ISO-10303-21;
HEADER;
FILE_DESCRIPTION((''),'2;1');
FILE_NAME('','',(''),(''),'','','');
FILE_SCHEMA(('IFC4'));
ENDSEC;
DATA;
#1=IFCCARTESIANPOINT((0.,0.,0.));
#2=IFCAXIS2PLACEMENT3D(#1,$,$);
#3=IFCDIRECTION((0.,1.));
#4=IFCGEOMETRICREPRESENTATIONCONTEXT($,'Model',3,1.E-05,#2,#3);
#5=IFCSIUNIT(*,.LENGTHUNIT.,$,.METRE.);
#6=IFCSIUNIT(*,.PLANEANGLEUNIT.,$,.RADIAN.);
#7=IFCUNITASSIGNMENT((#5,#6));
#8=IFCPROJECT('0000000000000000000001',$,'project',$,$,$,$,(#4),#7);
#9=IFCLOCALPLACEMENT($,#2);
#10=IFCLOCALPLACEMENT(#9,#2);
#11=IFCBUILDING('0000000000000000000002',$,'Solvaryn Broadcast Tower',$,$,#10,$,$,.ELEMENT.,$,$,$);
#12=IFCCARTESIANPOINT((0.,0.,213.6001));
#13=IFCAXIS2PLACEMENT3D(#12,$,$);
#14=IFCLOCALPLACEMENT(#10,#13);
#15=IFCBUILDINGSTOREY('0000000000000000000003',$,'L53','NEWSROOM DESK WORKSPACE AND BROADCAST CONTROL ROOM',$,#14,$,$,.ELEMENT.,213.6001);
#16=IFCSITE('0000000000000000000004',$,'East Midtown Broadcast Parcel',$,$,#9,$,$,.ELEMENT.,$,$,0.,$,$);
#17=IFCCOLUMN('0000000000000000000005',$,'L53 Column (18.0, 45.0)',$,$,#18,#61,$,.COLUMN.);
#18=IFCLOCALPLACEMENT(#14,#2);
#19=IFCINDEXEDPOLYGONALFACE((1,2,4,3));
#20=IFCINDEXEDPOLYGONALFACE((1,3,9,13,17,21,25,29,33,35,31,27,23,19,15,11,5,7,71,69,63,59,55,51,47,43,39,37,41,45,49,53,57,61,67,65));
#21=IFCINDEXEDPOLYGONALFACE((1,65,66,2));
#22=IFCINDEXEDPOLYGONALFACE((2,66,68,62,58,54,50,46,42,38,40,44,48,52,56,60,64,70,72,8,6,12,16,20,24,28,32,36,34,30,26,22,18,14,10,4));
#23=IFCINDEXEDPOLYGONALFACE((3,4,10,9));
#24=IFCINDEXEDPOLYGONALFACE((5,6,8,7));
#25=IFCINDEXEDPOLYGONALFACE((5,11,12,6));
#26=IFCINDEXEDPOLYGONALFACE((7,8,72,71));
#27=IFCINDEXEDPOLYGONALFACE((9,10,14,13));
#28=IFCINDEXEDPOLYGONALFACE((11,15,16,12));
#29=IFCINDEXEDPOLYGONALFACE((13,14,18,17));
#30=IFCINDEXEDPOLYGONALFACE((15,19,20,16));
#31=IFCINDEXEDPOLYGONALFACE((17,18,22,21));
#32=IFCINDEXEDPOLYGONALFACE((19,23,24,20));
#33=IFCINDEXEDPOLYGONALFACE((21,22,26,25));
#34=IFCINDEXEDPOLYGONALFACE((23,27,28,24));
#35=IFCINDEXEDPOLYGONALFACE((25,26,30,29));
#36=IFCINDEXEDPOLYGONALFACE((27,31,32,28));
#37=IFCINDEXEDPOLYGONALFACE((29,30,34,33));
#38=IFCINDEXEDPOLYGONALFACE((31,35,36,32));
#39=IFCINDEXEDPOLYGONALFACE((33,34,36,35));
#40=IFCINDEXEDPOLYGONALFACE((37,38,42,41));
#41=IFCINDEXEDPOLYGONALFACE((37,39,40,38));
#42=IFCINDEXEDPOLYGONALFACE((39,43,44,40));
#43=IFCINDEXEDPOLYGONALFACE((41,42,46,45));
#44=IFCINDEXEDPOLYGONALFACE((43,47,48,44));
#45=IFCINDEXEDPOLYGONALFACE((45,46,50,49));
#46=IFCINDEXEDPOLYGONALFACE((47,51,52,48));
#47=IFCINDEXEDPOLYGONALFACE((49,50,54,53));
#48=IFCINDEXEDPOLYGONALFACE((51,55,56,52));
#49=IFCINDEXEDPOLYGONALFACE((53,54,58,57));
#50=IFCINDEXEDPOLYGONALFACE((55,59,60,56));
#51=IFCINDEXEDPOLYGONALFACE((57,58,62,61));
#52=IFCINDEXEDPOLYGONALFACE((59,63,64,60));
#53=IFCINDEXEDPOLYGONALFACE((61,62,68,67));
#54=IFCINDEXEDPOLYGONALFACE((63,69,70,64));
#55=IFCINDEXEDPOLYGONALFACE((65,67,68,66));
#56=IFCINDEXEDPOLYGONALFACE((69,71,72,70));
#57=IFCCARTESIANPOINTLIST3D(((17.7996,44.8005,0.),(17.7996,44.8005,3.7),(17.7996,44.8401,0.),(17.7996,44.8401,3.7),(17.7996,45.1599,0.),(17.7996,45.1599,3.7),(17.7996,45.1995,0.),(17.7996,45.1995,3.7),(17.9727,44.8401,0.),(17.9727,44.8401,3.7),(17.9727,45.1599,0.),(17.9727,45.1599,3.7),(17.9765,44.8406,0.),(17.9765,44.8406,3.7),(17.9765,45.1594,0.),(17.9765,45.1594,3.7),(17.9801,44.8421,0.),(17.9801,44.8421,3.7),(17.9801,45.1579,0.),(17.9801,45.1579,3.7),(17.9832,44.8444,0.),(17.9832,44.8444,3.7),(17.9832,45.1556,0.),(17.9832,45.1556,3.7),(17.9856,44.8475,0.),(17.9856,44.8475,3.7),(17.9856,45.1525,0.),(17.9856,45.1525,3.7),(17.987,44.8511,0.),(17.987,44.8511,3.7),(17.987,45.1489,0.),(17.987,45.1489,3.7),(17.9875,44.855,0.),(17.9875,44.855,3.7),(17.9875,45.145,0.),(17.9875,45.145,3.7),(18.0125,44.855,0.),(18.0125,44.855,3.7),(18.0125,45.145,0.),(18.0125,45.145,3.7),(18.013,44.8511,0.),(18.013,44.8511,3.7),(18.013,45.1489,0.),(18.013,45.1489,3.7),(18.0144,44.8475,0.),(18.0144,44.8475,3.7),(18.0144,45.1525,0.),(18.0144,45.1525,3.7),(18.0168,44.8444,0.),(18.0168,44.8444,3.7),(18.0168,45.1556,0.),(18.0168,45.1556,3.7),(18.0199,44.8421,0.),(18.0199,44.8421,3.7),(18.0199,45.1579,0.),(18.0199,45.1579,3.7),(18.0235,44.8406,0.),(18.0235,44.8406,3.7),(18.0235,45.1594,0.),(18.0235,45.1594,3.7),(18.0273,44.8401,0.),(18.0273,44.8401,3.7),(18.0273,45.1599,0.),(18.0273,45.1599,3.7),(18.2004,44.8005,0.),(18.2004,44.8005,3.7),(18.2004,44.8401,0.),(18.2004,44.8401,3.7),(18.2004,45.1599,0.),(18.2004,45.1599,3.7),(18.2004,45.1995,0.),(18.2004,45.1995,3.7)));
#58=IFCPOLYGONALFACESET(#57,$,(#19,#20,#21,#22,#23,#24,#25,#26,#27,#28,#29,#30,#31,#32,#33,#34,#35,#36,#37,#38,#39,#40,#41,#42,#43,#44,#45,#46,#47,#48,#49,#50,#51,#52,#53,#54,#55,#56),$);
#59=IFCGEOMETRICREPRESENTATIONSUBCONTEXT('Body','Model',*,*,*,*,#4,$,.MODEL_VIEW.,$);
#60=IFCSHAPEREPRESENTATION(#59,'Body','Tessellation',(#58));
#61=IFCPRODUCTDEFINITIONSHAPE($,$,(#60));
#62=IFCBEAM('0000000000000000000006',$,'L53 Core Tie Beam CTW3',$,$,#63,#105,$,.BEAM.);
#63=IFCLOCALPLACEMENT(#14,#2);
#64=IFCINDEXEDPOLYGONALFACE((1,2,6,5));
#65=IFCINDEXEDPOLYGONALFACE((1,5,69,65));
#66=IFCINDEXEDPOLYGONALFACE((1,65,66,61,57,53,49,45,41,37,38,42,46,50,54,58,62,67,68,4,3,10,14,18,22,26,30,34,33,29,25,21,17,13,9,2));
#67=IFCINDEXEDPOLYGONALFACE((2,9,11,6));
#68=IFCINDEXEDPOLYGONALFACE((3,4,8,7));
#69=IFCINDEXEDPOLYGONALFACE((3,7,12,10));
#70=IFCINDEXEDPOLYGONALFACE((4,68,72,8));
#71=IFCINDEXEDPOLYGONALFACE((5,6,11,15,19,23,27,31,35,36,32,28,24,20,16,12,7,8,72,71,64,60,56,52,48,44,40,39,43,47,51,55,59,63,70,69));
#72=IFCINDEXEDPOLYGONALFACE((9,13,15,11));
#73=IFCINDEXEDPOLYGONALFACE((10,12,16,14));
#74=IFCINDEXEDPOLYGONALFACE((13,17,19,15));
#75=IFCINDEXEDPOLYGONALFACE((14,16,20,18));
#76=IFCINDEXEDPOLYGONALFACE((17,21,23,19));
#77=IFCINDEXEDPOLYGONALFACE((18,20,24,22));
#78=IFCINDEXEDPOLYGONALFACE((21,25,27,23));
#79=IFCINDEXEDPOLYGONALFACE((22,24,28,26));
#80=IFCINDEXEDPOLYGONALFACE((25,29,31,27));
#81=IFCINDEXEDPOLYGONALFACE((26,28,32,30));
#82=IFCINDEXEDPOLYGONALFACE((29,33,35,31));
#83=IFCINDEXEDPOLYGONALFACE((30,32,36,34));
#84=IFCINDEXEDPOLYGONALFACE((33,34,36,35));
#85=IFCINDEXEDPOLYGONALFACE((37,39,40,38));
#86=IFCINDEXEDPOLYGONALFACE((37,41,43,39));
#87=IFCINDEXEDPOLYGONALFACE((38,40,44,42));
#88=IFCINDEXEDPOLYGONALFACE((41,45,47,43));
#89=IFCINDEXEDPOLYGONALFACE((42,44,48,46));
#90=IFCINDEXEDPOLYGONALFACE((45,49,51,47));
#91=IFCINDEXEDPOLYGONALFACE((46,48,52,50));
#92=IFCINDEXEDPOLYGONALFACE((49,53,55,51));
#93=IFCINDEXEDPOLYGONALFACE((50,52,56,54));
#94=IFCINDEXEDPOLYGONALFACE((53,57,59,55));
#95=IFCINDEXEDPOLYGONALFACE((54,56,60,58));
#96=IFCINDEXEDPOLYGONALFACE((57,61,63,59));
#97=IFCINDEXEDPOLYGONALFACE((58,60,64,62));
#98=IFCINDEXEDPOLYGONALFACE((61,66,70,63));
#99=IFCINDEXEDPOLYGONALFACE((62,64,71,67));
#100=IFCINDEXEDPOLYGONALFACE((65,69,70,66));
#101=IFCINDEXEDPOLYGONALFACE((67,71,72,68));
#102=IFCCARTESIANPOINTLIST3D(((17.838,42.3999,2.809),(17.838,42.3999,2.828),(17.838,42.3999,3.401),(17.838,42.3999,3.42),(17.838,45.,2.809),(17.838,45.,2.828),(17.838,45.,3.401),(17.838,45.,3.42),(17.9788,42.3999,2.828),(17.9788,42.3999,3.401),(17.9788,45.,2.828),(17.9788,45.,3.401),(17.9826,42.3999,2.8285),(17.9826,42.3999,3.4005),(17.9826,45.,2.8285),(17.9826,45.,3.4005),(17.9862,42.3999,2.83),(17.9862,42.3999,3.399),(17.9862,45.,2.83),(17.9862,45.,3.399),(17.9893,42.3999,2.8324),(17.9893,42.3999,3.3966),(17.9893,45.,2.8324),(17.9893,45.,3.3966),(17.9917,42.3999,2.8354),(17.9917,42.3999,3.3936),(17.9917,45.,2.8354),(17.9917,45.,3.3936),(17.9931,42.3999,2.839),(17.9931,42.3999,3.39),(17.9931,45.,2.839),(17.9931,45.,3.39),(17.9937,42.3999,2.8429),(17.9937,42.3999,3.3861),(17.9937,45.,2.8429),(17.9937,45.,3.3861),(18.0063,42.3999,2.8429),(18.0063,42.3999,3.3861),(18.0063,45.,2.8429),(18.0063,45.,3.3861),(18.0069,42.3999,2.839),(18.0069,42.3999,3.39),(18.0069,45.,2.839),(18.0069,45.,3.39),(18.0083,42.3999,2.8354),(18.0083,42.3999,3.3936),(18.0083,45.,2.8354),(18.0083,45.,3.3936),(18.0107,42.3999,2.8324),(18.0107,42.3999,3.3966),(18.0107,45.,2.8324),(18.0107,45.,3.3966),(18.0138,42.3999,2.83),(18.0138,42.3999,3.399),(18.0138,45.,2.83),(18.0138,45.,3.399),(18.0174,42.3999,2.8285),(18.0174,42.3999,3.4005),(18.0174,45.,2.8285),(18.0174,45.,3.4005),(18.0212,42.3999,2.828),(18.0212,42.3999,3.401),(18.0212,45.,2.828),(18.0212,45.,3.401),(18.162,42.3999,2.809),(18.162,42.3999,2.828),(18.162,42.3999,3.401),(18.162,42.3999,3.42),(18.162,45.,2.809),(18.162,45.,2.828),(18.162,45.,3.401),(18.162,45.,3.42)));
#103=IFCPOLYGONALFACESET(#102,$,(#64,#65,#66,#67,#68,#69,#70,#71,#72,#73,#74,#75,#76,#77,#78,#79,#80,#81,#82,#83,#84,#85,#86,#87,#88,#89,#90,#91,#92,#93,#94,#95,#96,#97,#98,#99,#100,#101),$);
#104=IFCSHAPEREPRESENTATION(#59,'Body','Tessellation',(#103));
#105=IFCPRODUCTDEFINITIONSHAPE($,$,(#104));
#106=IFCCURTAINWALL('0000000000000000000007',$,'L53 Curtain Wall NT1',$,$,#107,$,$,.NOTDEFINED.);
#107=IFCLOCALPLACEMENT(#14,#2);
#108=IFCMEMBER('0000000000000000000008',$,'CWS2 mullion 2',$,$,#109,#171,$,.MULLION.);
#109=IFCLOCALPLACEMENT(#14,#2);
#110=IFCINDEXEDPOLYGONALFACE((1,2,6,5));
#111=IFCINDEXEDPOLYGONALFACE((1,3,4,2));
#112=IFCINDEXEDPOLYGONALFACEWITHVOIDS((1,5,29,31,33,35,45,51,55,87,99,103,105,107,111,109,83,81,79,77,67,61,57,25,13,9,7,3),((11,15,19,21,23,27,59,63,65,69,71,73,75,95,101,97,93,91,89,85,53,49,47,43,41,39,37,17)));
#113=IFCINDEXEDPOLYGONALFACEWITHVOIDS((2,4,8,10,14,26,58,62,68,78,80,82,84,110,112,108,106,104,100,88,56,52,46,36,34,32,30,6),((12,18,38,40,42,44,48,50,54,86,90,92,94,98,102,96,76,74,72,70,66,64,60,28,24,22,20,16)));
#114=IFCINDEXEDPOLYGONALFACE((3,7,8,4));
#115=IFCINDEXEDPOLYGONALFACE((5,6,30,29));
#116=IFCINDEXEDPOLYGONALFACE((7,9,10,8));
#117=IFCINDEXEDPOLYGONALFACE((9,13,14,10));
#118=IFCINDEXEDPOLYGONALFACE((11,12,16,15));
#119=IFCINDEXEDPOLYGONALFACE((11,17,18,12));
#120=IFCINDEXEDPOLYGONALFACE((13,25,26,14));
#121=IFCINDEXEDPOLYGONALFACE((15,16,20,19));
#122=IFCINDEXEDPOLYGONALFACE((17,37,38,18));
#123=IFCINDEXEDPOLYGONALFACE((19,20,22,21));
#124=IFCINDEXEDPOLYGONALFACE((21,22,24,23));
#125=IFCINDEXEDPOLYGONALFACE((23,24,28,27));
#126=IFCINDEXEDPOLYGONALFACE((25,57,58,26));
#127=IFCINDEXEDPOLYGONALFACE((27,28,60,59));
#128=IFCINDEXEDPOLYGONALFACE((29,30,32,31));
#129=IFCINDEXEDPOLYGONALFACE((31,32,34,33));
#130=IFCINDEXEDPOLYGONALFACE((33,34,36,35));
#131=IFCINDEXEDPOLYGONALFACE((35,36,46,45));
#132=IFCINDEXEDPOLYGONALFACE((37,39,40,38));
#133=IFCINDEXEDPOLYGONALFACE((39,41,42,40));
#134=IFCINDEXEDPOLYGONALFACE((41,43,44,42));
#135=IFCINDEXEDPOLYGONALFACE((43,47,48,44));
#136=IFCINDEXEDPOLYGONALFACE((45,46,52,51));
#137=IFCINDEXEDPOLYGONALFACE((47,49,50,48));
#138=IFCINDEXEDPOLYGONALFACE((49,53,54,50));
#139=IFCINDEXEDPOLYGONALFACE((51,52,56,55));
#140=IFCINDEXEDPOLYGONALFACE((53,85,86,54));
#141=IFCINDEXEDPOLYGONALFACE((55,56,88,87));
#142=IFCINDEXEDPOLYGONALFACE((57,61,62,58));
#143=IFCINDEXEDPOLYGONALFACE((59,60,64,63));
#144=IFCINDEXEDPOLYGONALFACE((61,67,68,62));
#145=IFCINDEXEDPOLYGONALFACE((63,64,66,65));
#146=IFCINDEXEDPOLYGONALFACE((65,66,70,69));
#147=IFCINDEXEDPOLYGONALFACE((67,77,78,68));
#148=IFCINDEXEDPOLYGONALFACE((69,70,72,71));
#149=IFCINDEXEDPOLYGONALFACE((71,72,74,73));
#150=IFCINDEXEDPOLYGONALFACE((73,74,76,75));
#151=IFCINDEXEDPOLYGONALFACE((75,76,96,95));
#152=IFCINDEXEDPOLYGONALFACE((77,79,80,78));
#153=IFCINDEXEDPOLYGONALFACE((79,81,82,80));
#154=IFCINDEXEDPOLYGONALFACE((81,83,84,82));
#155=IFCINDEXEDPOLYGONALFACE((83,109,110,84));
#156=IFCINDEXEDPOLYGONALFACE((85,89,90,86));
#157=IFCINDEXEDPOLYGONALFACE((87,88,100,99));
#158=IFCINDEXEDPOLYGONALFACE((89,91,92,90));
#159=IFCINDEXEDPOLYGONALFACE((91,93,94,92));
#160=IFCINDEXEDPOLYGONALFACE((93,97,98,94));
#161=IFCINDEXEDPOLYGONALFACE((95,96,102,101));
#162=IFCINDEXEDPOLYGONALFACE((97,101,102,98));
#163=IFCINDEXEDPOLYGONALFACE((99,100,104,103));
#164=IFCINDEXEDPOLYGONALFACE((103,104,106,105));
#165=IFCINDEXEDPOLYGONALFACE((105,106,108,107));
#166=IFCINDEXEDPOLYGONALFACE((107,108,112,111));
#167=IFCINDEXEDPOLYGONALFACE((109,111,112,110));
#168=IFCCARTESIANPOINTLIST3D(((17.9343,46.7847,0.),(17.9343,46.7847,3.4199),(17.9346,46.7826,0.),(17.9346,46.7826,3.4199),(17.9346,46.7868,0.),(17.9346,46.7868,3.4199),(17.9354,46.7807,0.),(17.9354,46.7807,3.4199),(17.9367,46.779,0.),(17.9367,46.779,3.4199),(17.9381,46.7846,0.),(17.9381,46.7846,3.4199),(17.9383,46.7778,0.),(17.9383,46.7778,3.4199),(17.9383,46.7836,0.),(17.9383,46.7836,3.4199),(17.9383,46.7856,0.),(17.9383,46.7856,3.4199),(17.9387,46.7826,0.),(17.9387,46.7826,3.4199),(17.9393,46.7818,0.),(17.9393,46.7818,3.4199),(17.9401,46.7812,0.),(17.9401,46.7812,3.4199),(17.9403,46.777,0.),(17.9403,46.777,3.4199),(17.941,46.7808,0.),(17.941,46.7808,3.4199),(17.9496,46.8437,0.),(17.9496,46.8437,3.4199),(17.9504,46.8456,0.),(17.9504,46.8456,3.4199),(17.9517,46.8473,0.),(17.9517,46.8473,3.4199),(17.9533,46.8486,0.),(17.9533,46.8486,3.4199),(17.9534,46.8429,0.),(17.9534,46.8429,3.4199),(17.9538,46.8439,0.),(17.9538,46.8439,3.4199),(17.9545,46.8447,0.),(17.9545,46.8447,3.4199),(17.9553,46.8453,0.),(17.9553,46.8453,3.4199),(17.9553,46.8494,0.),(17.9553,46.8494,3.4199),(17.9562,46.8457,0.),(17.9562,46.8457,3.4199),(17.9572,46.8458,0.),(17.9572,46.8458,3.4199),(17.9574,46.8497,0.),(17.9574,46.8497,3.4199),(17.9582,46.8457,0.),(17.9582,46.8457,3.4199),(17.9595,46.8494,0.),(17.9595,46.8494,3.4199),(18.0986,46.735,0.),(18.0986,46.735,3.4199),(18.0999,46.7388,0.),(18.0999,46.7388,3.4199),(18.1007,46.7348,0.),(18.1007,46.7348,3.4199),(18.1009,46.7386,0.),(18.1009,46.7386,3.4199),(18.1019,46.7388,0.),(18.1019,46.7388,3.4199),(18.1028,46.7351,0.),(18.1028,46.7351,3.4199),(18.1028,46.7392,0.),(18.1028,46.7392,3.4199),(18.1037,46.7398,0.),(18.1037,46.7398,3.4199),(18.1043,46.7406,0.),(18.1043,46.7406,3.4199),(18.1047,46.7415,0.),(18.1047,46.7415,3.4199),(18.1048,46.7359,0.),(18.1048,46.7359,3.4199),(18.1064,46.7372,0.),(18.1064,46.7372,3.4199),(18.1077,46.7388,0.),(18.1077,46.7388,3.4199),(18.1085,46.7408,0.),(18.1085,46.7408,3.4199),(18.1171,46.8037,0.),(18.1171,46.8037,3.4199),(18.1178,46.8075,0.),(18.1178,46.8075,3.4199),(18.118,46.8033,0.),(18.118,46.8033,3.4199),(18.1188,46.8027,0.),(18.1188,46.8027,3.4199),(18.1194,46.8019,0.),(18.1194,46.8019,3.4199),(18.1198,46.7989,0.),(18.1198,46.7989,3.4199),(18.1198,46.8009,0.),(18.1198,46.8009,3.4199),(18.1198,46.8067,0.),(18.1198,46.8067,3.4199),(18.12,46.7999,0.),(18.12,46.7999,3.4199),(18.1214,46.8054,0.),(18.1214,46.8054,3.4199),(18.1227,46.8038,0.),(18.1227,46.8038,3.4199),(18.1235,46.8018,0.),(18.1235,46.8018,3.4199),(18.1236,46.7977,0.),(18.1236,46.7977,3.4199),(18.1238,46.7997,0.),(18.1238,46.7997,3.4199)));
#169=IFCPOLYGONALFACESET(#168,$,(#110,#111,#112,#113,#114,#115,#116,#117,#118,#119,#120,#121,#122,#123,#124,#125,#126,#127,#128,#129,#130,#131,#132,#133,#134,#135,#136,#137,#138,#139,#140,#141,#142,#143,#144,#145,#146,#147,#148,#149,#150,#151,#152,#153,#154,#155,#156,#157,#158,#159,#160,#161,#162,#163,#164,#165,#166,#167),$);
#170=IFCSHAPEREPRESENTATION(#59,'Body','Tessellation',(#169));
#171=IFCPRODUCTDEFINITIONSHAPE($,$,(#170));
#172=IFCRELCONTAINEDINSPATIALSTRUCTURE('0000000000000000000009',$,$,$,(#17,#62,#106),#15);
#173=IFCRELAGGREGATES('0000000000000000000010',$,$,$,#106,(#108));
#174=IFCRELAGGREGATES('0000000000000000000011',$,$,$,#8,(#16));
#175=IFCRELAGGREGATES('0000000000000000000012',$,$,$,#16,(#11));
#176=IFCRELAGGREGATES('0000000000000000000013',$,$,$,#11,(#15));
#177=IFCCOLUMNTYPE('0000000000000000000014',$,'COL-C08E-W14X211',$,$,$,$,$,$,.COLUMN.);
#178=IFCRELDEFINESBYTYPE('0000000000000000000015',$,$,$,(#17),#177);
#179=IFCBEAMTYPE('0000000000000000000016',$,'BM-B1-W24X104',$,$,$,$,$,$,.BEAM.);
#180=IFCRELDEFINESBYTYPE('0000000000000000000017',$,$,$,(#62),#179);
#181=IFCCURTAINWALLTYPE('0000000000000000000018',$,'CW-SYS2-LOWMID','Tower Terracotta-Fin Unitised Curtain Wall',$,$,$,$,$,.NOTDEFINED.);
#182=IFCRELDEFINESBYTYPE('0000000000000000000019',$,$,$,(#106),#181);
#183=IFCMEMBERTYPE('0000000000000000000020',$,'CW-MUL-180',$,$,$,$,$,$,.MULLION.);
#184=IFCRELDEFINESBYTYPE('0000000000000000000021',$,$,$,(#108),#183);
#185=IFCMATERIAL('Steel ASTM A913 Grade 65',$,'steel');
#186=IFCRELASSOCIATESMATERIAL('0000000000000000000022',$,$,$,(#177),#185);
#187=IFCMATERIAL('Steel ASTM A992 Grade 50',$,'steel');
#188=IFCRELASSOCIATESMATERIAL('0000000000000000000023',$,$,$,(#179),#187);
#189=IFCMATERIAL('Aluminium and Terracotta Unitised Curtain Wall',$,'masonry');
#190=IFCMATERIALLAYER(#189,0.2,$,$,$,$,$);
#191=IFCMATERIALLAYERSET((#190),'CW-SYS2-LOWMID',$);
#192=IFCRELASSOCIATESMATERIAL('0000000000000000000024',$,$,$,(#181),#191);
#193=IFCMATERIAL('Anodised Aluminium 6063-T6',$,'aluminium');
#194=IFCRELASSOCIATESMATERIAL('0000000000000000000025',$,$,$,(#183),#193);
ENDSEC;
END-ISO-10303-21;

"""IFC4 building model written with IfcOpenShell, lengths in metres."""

from ifc_helpers import new_model, si_unit, direction, frame, origin, origin_2d, place, context, subcontext, project, spatial, hollow_rectangle, i_section, extrude, material, layer, layer_set, material_profile, profile_set, type_object, element, aggregate, save


model = new_model("IFC4")

# Units and contexts
model_context = context("Model", 3, precision=1e-05, world=origin(), true_north=direction((0.0, 1.0)))
body_context = subcontext(model_context, "Body", "Model", "MODEL_VIEW")
ifc_project = project(units=[si_unit("LENGTHUNIT", "METRE"), si_unit("PLANEANGLEUNIT", "RADIAN")], contexts=[model_context])

# Site, building, storey
site_placement = place(None, origin())
site = spatial("IfcSite", under=ifc_project, at=site_placement, Name="East Midtown Broadcast Parcel", CompositionType="ELEMENT", RefElevation=0.0)
building_placement = place(site_placement, origin())
building = spatial("IfcBuilding", under=site, at=building_placement, Name="Solvaryn Broadcast Tower", CompositionType="ELEMENT")
storey_placement = place(building_placement, frame((0.0, 0.0, 213.6001)))
storey = spatial("IfcBuildingStorey", under=building, at=storey_placement, Name="L53", Description="NEWSROOM DESK WORKSPACE AND BROADCAST CONTROL ROOM", CompositionType="ELEMENT", Elevation=213.6001)

# Column
ifc_material_1 = material(Name="Steel ASTM A913 Grade 65", Category="steel")
ifc_material_profile_1 = material_profile(ifc_material_1, i_section(OverallWidth=0.4009, OverallDepth=0.3989, WebThickness=0.0249, FlangeThickness=0.0396, FilletRadius=0.0149, at=origin_2d()))
ifc_profile_set_1 = profile_set([ifc_material_profile_1], Name="Steel ASTM A913 Grade 65")
column_type = type_object("IfcColumnType", Name="COL-C08E-W14X211", PredefinedType="COLUMN", material=ifc_profile_set_1)
column_placement = place(storey_placement, frame((18.0, 45.0, 0.0), z_axis=(0.0, 0.0, 1.0), x_axis=(1.0, 0.0, 0.0)))
element("IfcColumn", 1, at=column_placement, inside=storey, type_object=column_type, Name="L53 Column (18.0, 45.0)", PredefinedType="COLUMN", context=body_context, shape_type="SweptSolid", body=[
    extrude(i_section(OverallWidth=0.4009, OverallDepth=0.3989, WebThickness=0.0249, FlangeThickness=0.0396, FilletRadius=0.0149, at=origin_2d()), origin(), (0.0, 0.0, 1.0), 3.7),
])

# Beam
ifc_material_2 = material(Name="Steel ASTM A992 Grade 50", Category="steel")
ifc_material_profile_2 = material_profile(ifc_material_2, i_section(OverallWidth=0.324, OverallDepth=0.6111, WebThickness=0.0127, FlangeThickness=0.019, FilletRadius=0.0149, at=origin_2d()))
ifc_profile_set_2 = profile_set([ifc_material_profile_2], Name="Steel ASTM A992 Grade 50")
beam_type = type_object("IfcBeamType", Name="BM-B1-W24X104", PredefinedType="BEAM", material=ifc_profile_set_2)
beam_placement = place(storey_placement, frame((18.0, 42.3999, 3.1145), z_axis=(0.0, 1.0, 0.0), x_axis=(-1.0, 0.0, 0.0)))
element("IfcBeam", 2, at=beam_placement, inside=storey, type_object=beam_type, Name="L53 Core Tie Beam CTW3", PredefinedType="BEAM", context=body_context, shape_type="SweptSolid", body=[
    extrude(i_section(OverallWidth=0.324, OverallDepth=0.6111, WebThickness=0.0127, FlangeThickness=0.019, FilletRadius=0.0149, at=origin_2d()), origin(), (0.0, 0.0, 1.0), 2.6001),
])

# Curtain wall, member
ifc_material_3 = material(Name="Aluminium and Terracotta Unitised Curtain Wall", Category="masonry")
ifc_layer_1 = layer(ifc_material_3, 0.2)
ifc_layer_set_1 = layer_set([ifc_layer_1], Name="CW-SYS2-LOWMID")
curtain_wall_type = type_object("IfcCurtainWallType", Name="CW-SYS2-LOWMID", Description="Tower Terracotta-Fin Unitised Curtain Wall", PredefinedType="NOTDEFINED", material=ifc_layer_set_1)
curtain_wall_1_placement = place(storey_placement, origin())
curtain_wall_1 = element("IfcCurtainWall", 3, at=curtain_wall_1_placement, inside=storey, type_object=curtain_wall_type, Name="L53 Curtain Wall NT1", PredefinedType="NOTDEFINED")
ifc_material_4 = material(Name="Anodised Aluminium 6063-T6", Category="aluminium")
ifc_material_profile_3 = material_profile(ifc_material_4, hollow_rectangle(XDim=0.075, YDim=0.1799, WallThickness=0.0039, InnerFilletRadius=0.0039, OuterFilletRadius=0.0081, at=origin_2d()))
ifc_profile_set_3 = profile_set([ifc_material_profile_3], Name="Anodised Aluminium 6063-T6")
member_type_1 = type_object("IfcMemberType", Name="CW-MUL-180", PredefinedType="MULLION", material=ifc_profile_set_3)
member_1_placement = place(storey_placement, frame((18.0291, 46.7922, 0.0), z_axis=(0.0, 0.0, 1.0), x_axis=(-0.255893, -0.966705, 0.0)))
member_1 = element("IfcMember", 4, at=member_1_placement, type_object=member_type_1, Name="CWS2 mullion 2", PredefinedType="MULLION", context=body_context, shape_type="SweptSolid", body=[
    extrude(hollow_rectangle(XDim=0.075, YDim=0.1799, WallThickness=0.0039, InnerFilletRadius=0.0039, OuterFilletRadius=0.0081, at=origin_2d()), origin(), (0.0, 0.0, 1.0), 3.4199),
])

aggregate(curtain_wall_1, [member_1])

save(model, "model.ifc")
